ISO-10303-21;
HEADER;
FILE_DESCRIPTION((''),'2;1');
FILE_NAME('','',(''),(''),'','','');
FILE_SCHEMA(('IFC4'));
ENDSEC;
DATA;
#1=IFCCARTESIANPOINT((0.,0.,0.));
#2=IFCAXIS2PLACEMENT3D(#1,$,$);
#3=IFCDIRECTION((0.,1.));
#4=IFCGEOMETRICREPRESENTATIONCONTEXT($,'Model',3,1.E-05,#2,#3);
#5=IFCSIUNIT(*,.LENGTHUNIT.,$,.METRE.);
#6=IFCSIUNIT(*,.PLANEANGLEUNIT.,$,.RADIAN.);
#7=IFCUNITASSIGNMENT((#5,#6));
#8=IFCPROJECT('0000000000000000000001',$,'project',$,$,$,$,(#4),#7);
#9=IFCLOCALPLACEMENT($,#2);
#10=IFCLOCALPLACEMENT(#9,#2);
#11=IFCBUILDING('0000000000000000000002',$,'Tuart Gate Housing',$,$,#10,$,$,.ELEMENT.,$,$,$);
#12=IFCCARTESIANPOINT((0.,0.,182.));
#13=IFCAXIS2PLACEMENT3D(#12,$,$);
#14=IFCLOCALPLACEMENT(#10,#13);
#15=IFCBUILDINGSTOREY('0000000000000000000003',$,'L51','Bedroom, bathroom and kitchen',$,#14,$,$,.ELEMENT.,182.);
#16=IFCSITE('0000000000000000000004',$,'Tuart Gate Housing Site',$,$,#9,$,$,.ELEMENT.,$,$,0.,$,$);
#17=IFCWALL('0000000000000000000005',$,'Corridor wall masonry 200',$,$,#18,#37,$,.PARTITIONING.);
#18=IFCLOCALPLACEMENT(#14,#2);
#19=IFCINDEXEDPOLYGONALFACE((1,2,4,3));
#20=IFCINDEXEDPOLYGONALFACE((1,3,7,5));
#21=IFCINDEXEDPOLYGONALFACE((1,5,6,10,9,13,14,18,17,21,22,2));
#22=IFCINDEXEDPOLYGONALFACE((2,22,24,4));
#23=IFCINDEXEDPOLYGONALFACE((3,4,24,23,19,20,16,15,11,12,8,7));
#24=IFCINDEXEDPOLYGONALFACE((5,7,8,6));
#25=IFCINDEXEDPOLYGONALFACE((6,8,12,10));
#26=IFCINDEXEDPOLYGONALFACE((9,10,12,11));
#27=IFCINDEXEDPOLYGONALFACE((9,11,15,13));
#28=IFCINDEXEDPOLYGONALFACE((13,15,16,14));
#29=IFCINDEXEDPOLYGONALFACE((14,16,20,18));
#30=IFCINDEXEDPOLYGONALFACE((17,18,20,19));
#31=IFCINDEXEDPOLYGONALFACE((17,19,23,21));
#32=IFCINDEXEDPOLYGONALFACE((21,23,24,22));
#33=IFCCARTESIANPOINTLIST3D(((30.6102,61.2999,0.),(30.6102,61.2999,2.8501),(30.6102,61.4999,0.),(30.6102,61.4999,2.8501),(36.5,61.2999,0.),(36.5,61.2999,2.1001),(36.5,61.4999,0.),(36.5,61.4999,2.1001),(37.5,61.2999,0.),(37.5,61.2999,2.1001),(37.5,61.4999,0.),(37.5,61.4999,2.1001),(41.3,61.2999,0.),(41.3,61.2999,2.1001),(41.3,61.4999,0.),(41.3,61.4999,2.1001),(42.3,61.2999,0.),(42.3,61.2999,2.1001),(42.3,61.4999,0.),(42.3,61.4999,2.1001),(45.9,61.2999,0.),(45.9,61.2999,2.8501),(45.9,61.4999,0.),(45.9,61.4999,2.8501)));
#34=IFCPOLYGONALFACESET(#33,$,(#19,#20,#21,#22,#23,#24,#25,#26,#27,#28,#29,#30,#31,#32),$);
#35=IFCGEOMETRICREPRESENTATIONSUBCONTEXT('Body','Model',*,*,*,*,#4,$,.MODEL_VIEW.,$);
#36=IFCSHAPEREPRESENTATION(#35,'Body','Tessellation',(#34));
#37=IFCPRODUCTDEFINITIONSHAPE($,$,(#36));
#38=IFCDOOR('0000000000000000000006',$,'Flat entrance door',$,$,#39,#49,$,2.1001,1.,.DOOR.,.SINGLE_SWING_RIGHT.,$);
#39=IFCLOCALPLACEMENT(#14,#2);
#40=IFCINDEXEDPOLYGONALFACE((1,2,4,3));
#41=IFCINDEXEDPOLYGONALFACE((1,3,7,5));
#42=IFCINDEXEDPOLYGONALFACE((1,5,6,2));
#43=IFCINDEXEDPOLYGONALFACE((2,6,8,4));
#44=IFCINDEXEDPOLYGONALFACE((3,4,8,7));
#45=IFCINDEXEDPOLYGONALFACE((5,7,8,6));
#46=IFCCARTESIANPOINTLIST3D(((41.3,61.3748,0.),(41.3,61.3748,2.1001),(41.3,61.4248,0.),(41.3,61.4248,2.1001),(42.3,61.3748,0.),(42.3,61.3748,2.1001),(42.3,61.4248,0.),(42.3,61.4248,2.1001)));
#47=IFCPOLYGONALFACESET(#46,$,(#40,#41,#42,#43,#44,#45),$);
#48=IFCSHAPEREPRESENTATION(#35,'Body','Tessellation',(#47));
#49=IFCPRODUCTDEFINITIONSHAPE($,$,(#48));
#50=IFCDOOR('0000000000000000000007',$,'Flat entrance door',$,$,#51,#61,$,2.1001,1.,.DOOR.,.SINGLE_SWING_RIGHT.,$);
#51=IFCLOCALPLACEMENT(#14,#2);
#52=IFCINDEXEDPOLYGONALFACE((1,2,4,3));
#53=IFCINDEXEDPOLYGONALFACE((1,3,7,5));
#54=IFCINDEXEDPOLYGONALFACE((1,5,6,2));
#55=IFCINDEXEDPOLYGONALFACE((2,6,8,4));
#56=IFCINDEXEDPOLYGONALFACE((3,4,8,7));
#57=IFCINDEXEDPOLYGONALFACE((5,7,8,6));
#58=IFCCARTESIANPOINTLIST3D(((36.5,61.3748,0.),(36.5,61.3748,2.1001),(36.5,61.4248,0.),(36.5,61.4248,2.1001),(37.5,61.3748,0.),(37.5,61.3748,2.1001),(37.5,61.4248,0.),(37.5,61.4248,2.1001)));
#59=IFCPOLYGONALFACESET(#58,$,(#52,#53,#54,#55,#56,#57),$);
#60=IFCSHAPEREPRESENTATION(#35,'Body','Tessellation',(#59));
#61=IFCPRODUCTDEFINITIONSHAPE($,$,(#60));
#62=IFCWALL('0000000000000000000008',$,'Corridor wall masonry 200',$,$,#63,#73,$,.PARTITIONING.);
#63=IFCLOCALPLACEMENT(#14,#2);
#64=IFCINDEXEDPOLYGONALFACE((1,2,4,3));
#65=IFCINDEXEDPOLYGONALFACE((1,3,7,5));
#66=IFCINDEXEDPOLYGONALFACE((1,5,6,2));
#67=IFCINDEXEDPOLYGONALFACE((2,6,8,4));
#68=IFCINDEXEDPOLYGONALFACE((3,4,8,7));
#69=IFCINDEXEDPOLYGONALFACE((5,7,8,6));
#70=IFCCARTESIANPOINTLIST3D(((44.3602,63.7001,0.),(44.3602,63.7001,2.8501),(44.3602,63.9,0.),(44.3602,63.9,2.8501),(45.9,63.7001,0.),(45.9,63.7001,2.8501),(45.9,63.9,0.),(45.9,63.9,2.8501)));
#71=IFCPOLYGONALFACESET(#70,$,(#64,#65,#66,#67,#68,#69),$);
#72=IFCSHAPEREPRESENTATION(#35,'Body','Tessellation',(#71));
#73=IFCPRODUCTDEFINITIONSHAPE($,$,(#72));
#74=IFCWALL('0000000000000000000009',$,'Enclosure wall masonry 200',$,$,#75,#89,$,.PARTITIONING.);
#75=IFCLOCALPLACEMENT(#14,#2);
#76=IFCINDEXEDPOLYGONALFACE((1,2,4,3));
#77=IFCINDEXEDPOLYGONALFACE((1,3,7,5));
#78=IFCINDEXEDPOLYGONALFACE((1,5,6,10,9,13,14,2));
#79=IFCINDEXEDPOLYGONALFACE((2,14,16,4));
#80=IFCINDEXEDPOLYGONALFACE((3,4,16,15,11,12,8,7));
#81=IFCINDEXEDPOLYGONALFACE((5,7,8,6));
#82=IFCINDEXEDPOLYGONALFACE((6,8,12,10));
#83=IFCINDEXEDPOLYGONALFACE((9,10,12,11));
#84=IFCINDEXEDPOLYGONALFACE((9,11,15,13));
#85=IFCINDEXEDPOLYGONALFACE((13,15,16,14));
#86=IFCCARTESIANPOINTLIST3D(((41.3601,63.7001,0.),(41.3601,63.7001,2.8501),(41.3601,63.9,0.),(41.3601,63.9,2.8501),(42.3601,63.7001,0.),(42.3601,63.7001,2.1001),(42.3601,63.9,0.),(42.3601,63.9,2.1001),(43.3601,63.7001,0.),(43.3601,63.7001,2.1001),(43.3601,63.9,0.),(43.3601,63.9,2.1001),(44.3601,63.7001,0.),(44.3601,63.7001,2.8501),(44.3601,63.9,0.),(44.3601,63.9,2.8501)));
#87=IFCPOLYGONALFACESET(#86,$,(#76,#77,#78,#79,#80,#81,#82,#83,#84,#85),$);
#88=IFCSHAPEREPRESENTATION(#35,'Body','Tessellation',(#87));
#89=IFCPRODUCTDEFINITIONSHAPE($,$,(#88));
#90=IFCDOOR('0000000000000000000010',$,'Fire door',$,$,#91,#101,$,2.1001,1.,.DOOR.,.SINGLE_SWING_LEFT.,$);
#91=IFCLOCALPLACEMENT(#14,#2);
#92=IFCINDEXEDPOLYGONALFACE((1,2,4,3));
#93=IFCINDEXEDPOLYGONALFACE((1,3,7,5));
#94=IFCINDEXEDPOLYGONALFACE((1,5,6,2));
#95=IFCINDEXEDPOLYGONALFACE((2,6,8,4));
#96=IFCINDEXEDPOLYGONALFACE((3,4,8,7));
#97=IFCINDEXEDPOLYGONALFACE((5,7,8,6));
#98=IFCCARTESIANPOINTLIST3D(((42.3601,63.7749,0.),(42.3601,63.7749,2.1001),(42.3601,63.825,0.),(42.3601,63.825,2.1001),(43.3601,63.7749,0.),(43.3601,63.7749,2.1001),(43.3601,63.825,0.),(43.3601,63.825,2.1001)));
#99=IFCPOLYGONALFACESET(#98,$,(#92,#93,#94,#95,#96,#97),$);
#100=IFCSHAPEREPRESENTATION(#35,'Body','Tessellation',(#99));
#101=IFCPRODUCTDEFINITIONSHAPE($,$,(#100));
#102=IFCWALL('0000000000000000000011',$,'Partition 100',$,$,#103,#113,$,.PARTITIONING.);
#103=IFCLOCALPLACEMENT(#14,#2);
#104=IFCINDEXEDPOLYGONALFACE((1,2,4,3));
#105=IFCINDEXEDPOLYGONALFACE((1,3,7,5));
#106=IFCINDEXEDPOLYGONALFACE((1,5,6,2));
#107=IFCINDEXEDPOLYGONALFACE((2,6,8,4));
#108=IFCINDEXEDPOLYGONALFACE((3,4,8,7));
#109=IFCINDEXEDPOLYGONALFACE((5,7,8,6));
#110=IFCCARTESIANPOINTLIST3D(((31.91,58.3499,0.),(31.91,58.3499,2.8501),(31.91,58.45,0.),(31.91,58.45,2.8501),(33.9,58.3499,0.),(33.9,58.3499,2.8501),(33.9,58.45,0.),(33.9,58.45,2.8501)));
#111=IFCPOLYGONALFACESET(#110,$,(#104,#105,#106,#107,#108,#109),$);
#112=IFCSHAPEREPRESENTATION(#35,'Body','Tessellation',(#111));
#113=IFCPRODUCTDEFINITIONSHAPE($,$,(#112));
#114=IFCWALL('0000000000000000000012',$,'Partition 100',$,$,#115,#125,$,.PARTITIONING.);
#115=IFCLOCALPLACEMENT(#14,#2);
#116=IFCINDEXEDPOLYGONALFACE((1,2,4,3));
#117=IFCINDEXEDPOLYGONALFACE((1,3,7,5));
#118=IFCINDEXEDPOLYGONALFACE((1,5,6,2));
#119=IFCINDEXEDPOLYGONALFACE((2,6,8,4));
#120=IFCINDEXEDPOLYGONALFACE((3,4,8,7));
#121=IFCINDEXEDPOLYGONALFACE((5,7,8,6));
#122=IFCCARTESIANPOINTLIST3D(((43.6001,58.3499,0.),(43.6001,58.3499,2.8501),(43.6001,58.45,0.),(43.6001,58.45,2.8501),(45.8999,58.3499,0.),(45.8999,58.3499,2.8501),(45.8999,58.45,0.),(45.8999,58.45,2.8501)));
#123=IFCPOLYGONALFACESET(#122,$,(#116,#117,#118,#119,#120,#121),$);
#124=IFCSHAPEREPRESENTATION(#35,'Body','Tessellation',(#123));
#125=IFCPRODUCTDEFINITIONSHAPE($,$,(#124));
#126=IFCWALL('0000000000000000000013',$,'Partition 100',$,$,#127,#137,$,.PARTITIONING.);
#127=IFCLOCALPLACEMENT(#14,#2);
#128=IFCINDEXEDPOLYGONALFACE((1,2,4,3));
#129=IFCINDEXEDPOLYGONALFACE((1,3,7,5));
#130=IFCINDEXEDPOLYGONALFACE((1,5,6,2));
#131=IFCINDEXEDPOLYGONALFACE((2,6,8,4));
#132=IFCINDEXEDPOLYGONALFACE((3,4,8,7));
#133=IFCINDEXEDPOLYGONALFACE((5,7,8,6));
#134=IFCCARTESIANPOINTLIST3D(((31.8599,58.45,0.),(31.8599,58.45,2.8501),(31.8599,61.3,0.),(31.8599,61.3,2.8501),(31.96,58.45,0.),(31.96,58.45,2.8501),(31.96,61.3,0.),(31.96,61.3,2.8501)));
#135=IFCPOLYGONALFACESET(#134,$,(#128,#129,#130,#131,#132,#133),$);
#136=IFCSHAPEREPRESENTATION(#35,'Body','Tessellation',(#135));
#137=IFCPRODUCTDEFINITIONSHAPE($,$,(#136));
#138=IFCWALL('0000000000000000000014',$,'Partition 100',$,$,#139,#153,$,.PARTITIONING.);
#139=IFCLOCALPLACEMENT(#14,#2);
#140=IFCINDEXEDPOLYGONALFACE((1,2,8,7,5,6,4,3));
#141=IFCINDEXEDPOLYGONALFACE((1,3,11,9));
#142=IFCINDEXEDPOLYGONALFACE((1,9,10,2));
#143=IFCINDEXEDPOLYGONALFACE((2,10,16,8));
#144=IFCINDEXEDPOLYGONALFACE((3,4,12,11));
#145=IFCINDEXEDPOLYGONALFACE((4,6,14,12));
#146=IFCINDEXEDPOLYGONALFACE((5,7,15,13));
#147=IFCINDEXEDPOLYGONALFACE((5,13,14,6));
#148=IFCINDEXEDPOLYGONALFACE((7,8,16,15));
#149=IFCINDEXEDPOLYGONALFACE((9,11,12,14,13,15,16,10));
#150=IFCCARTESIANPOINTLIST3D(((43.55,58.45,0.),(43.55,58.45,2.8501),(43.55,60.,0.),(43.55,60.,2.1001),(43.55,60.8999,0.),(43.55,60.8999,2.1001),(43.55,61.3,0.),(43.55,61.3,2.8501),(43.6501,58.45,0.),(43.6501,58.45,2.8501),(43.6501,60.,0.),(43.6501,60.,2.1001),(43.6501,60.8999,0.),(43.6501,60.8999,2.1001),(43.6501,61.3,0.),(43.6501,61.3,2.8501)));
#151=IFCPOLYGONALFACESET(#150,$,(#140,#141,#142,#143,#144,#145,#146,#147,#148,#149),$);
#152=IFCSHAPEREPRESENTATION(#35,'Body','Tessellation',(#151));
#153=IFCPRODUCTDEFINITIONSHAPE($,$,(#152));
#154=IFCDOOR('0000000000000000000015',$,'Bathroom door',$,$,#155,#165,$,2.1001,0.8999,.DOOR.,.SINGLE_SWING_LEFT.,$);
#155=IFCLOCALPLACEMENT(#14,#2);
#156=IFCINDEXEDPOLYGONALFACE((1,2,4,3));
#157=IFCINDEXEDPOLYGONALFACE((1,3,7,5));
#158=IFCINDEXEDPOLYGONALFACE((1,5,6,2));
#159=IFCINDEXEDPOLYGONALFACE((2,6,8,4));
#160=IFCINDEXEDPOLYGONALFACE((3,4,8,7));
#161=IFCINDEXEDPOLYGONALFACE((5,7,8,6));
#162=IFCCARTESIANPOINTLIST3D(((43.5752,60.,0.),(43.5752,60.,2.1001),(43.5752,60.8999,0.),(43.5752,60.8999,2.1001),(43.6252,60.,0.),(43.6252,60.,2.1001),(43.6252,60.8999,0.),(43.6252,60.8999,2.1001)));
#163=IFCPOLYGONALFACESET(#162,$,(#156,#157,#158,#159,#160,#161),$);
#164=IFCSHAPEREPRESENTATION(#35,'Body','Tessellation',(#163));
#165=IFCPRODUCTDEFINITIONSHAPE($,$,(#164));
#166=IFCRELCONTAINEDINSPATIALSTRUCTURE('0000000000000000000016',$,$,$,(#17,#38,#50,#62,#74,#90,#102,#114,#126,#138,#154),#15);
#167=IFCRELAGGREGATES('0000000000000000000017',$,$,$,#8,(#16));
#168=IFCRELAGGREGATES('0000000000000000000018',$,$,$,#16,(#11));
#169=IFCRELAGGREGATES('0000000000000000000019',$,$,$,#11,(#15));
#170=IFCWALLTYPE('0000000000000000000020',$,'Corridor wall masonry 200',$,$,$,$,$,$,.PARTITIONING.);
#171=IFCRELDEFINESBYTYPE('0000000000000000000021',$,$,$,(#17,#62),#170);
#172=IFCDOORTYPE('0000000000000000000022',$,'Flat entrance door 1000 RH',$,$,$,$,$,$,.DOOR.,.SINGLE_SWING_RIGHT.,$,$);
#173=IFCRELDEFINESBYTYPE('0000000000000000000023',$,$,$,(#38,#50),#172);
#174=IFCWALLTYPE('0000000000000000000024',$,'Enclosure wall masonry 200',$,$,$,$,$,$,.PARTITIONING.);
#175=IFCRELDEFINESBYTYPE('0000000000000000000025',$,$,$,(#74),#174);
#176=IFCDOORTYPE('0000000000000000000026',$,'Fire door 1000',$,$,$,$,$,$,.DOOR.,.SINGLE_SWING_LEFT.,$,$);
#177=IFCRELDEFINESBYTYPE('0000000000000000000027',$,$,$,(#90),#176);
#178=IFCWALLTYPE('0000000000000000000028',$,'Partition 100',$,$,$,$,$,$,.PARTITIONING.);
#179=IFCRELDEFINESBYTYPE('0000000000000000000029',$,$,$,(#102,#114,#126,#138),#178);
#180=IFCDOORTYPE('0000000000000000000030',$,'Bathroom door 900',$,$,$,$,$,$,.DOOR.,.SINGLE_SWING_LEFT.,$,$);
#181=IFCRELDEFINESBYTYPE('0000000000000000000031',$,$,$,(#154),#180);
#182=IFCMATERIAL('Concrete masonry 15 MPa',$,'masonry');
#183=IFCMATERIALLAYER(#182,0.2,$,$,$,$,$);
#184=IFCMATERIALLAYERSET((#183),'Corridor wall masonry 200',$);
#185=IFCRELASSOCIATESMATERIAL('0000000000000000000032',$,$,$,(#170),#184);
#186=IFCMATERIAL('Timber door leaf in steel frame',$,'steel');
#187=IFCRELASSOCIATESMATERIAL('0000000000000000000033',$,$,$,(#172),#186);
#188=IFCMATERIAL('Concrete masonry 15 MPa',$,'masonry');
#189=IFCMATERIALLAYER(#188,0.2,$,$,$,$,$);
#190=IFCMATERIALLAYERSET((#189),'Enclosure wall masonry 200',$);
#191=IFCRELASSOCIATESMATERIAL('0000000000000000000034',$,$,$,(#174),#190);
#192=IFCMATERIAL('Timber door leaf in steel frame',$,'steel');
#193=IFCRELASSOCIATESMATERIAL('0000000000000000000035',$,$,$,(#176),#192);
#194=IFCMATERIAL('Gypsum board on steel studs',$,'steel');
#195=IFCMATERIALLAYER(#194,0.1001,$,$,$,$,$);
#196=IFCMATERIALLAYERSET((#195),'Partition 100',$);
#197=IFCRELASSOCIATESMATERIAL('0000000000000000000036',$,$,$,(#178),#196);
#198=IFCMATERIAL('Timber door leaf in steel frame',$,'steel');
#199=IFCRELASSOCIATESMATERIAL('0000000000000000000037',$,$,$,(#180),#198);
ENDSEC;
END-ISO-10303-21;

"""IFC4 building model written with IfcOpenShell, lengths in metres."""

from ifc_helpers import new_model, si_unit, direction, frame, frame_2d, origin, place, context, subcontext, project, spatial, rectangle, extrude, material, layer, layer_set, type_object, element, fill, save


model = new_model("IFC4")

# Units and contexts
model_context = context("Model", 3, precision=1e-05, world=origin(), true_north=direction((0.0, 1.0)))
body_context = subcontext(model_context, "Body", "Model", "MODEL_VIEW")
ifc_project = project(units=[si_unit("LENGTHUNIT", "METRE"), si_unit("PLANEANGLEUNIT", "RADIAN")], contexts=[model_context])

# Site, building, storey
site_placement = place(None, origin())
site = spatial("IfcSite", under=ifc_project, at=site_placement, Name="Tuart Gate Housing Site", CompositionType="ELEMENT", RefElevation=0.0)
building_placement = place(site_placement, origin())
building = spatial("IfcBuilding", under=site, at=building_placement, Name="Tuart Gate Housing", CompositionType="ELEMENT")
storey_placement = place(building_placement, frame((0.0, 0.0, 182.0)))
storey = spatial("IfcBuildingStorey", under=building, at=storey_placement, Name="L51", Description="Bedroom, bathroom and kitchen", CompositionType="ELEMENT", Elevation=182.0)

# Wall, openings, doors
ifc_material_1 = material(Name="Concrete masonry 15 MPa", Category="masonry")
ifc_layer_1 = layer(ifc_material_1, 0.2)
ifc_layer_set_1 = layer_set([ifc_layer_1], Name="Corridor wall masonry 200")
wall_type_1 = type_object("IfcWallType", Name="Corridor wall masonry 200", PredefinedType="PARTITIONING", material=ifc_layer_set_1)
wall_1_placement = place(storey_placement, frame((30.6101, 61.3999, 0.0), z_axis=(0.0, 0.0, 1.0), x_axis=(1.0, 0.0, 0.0)))
wall_1 = element("IfcWall", 1, at=wall_1_placement, inside=storey, type_object=wall_type_1, Name="Corridor wall masonry 200", PredefinedType="PARTITIONING", context=body_context, shape_type="SweptSolid", body=[
    extrude(rectangle(XDim=15.2898, YDim=0.2, at=frame_2d((7.645, 0.0))), origin(), (0.0, 0.0, 1.0), 2.8501),
])
opening_1_placement = place(wall_1_placement, frame((10.6899, 0.0, 0.0)))
opening_1 = element("IfcOpeningElement", 2, at=opening_1_placement, cuts=wall_1, PredefinedType="OPENING", context=body_context, shape_type="SweptSolid", body=[
    extrude(rectangle(XDim=1.0, YDim=2.1001, at=frame_2d((0.5, 1.05))), frame((0.0, 0.1099, 0.0), z_axis=(0.0, -1.0, 0.0), x_axis=(1.0, 0.0, 0.0)), (0.0, 0.0, 1.0), 0.22),
])
opening_2_placement = place(wall_1_placement, frame((5.8899, 0.0, 0.0)))
opening_2 = element("IfcOpeningElement", 3, at=opening_2_placement, cuts=wall_1, PredefinedType="OPENING", context=body_context, shape_type="SweptSolid", body=[
    extrude(rectangle(XDim=1.0, YDim=2.1001, at=frame_2d((0.5, 1.05))), frame((0.0, 0.1099, 0.0), z_axis=(0.0, -1.0, 0.0), x_axis=(1.0, 0.0, 0.0)), (0.0, 0.0, 1.0), 0.22),
])
ifc_material_2 = material(Name="Timber door leaf in steel frame", Category="steel")
door_type_1 = type_object("IfcDoorType", Name="Flat entrance door 1000 RH", OperationType="SINGLE_SWING_RIGHT", PredefinedType="DOOR", material=ifc_material_2)
door_1_placement = place(opening_1_placement, frame((1.0, 0.0, 0.0), z_axis=(0.0, 0.0, 1.0), x_axis=(-1.0, 0.0, 0.0)))
door_1 = element("IfcDoor", 4, at=door_1_placement, inside=storey, type_object=door_type_1, Name="Flat entrance door", OperationType="SINGLE_SWING_RIGHT", OverallHeight=2.1001, OverallWidth=1.0, PredefinedType="DOOR", context=body_context, shape_type="SweptSolid", body=[
    extrude(rectangle(XDim=1.0, YDim=2.1001, at=frame_2d((0.5, 1.05))), frame((0.0, 0.0251, 0.0), z_axis=(0.0, -1.0, 0.0), x_axis=(1.0, 0.0, 0.0)), (0.0, 0.0, 1.0), 0.05),
])
fill(opening_1, door_1)
door_2_placement = place(opening_2_placement, frame((1.0, 0.0, 0.0), z_axis=(0.0, 0.0, 1.0), x_axis=(-1.0, 0.0, 0.0)))
door_2 = element("IfcDoor", 5, at=door_2_placement, inside=storey, type_object=door_type_1, Name="Flat entrance door", OperationType="SINGLE_SWING_RIGHT", OverallHeight=2.1001, OverallWidth=1.0, PredefinedType="DOOR", context=body_context, shape_type="SweptSolid", body=[
    extrude(rectangle(XDim=1.0, YDim=2.1001, at=frame_2d((0.5, 1.05))), frame((0.0, 0.0251, 0.0), z_axis=(0.0, -1.0, 0.0), x_axis=(1.0, 0.0, 0.0)), (0.0, 0.0, 1.0), 0.05),
])
fill(opening_2, door_2)

# Wall
wall_2_placement = place(storey_placement, frame((44.3601, 63.8, 0.0), z_axis=(0.0, 0.0, 1.0), x_axis=(1.0, 0.0, 0.0)))
element("IfcWall", 6, at=wall_2_placement, inside=storey, type_object=wall_type_1, Name="Corridor wall masonry 200", PredefinedType="PARTITIONING", context=body_context, shape_type="SweptSolid", body=[
    extrude(rectangle(XDim=1.5398, YDim=0.2, at=frame_2d((0.77, 0.0))), origin(), (0.0, 0.0, 1.0), 2.8501),
])

# Wall, opening, door
ifc_material_3 = material(Name="Concrete masonry 15 MPa", Category="masonry")
ifc_layer_2 = layer(ifc_material_3, 0.2)
ifc_layer_set_2 = layer_set([ifc_layer_2], Name="Enclosure wall masonry 200")
wall_type_2 = type_object("IfcWallType", Name="Enclosure wall masonry 200", PredefinedType="PARTITIONING", material=ifc_layer_set_2)
wall_3_placement = place(storey_placement, frame((41.3601, 63.8, 0.0), z_axis=(0.0, 0.0, 1.0), x_axis=(1.0, 0.0, 0.0)))
wall_3 = element("IfcWall", 7, at=wall_3_placement, inside=storey, type_object=wall_type_2, Name="Enclosure wall masonry 200", PredefinedType="PARTITIONING", context=body_context, shape_type="SweptSolid", body=[
    extrude(rectangle(XDim=3.0, YDim=0.2, at=frame_2d((1.5, 0.0))), origin(), (0.0, 0.0, 1.0), 2.8501),
])
opening_3_placement = place(wall_3_placement, frame((1.0, 0.0, 0.0)))
opening_3 = element("IfcOpeningElement", 8, at=opening_3_placement, cuts=wall_3, PredefinedType="OPENING", context=body_context, shape_type="SweptSolid", body=[
    extrude(rectangle(XDim=1.0, YDim=2.1001, at=frame_2d((0.5, 1.05))), frame((0.0, 0.1099, 0.0), z_axis=(0.0, -1.0, 0.0), x_axis=(1.0, 0.0, 0.0)), (0.0, 0.0, 1.0), 0.22),
])
ifc_material_4 = material(Name="Timber door leaf in steel frame", Category="steel")
door_type_2 = type_object("IfcDoorType", Name="Fire door 1000", OperationType="SINGLE_SWING_LEFT", PredefinedType="DOOR", material=ifc_material_4)
door_3_placement = place(opening_3_placement, frame((1.0, 0.0, 0.0), z_axis=(0.0, 0.0, 1.0), x_axis=(-1.0, 0.0, 0.0)))
door_3 = element("IfcDoor", 9, at=door_3_placement, inside=storey, type_object=door_type_2, Name="Fire door", OperationType="SINGLE_SWING_LEFT", OverallHeight=2.1001, OverallWidth=1.0, PredefinedType="DOOR", context=body_context, shape_type="SweptSolid", body=[
    extrude(rectangle(XDim=1.0, YDim=2.1001, at=frame_2d((0.5, 1.05))), frame((0.0, 0.0251, 0.0), z_axis=(0.0, -1.0, 0.0), x_axis=(1.0, 0.0, 0.0)), (0.0, 0.0, 1.0), 0.05),
])
fill(opening_3, door_3)

# Walls
ifc_material_5 = material(Name="Gypsum board on steel studs", Category="steel")
ifc_layer_3 = layer(ifc_material_5, 0.1001)
ifc_layer_set_3 = layer_set([ifc_layer_3], Name="Partition 100")
wall_type_3 = type_object("IfcWallType", Name="Partition 100", PredefinedType="PARTITIONING", material=ifc_layer_set_3)
wall_4_placement = place(storey_placement, frame((31.9099, 58.3999, 0.0), z_axis=(0.0, 0.0, 1.0), x_axis=(1.0, 0.0, 0.0)))
element("IfcWall", 10, at=wall_4_placement, inside=storey, type_object=wall_type_3, Name="Partition 100", PredefinedType="PARTITIONING", context=body_context, shape_type="SweptSolid", body=[
    extrude(rectangle(XDim=1.99, YDim=0.1001, at=frame_2d((0.9951, 0.0))), origin(), (0.0, 0.0, 1.0), 2.8501),
])
wall_5_placement = place(storey_placement, frame((43.6001, 58.3999, 0.0), z_axis=(0.0, 0.0, 1.0), x_axis=(1.0, 0.0, 0.0)))
element("IfcWall", 11, at=wall_5_placement, inside=storey, type_object=wall_type_3, Name="Partition 100", PredefinedType="PARTITIONING", context=body_context, shape_type="SweptSolid", body=[
    extrude(rectangle(XDim=2.2998, YDim=0.1001, at=frame_2d((1.1499, 0.0))), origin(), (0.0, 0.0, 1.0), 2.8501),
])
wall_6_placement = place(storey_placement, frame((31.9099, 58.45, 0.0), z_axis=(0.0, 0.0, 1.0), x_axis=(0.0, 1.0, 0.0)))
element("IfcWall", 12, at=wall_6_placement, inside=storey, type_object=wall_type_3, Name="Partition 100", PredefinedType="PARTITIONING", context=body_context, shape_type="SweptSolid", body=[
    extrude(rectangle(XDim=2.8501, YDim=0.1001, at=frame_2d((1.425, 0.0))), origin(), (0.0, 0.0, 1.0), 2.8501),
])

# Wall, opening, door
wall_7_placement = place(storey_placement, frame((43.6001, 58.45, 0.0), z_axis=(0.0, 0.0, 1.0), x_axis=(0.0, 1.0, 0.0)))
wall_7 = element("IfcWall", 13, at=wall_7_placement, inside=storey, type_object=wall_type_3, Name="Partition 100", PredefinedType="PARTITIONING", context=body_context, shape_type="SweptSolid", body=[
    extrude(rectangle(XDim=2.8501, YDim=0.1001, at=frame_2d((1.425, 0.0))), origin(), (0.0, 0.0, 1.0), 2.8501),
])
opening_4_placement = place(wall_7_placement, frame((1.55, 0.0, 0.0)))
opening_4 = element("IfcOpeningElement", 14, at=opening_4_placement, cuts=wall_7, PredefinedType="OPENING", context=body_context, shape_type="SweptSolid", body=[
    extrude(rectangle(XDim=0.8999, YDim=2.1001, at=frame_2d((0.45, 1.05))), frame((0.0, 0.0601, 0.0), z_axis=(0.0, -1.0, 0.0), x_axis=(1.0, 0.0, 0.0)), (0.0, 0.0, 1.0), 0.1201),
])
ifc_material_6 = material(Name="Timber door leaf in steel frame", Category="steel")
door_type_3 = type_object("IfcDoorType", Name="Bathroom door 900", OperationType="SINGLE_SWING_LEFT", PredefinedType="DOOR", material=ifc_material_6)
door_4_placement = place(opening_4_placement, frame((0.8999, 0.0, 0.0), z_axis=(0.0, 0.0, 1.0), x_axis=(-1.0, 0.0, 0.0)))
door_4 = element("IfcDoor", 15, at=door_4_placement, inside=storey, type_object=door_type_3, Name="Bathroom door", OperationType="SINGLE_SWING_LEFT", OverallHeight=2.1001, OverallWidth=0.8999, PredefinedType="DOOR", context=body_context, shape_type="SweptSolid", body=[
    extrude(rectangle(XDim=0.8999, YDim=2.1001, at=frame_2d((0.45, 1.05))), frame((0.0, 0.0251, 0.0), z_axis=(0.0, -1.0, 0.0), x_axis=(1.0, 0.0, 0.0)), (0.0, 0.0, 1.0), 0.05),
])
fill(opening_4, door_4)

save(model, "model.ifc")
